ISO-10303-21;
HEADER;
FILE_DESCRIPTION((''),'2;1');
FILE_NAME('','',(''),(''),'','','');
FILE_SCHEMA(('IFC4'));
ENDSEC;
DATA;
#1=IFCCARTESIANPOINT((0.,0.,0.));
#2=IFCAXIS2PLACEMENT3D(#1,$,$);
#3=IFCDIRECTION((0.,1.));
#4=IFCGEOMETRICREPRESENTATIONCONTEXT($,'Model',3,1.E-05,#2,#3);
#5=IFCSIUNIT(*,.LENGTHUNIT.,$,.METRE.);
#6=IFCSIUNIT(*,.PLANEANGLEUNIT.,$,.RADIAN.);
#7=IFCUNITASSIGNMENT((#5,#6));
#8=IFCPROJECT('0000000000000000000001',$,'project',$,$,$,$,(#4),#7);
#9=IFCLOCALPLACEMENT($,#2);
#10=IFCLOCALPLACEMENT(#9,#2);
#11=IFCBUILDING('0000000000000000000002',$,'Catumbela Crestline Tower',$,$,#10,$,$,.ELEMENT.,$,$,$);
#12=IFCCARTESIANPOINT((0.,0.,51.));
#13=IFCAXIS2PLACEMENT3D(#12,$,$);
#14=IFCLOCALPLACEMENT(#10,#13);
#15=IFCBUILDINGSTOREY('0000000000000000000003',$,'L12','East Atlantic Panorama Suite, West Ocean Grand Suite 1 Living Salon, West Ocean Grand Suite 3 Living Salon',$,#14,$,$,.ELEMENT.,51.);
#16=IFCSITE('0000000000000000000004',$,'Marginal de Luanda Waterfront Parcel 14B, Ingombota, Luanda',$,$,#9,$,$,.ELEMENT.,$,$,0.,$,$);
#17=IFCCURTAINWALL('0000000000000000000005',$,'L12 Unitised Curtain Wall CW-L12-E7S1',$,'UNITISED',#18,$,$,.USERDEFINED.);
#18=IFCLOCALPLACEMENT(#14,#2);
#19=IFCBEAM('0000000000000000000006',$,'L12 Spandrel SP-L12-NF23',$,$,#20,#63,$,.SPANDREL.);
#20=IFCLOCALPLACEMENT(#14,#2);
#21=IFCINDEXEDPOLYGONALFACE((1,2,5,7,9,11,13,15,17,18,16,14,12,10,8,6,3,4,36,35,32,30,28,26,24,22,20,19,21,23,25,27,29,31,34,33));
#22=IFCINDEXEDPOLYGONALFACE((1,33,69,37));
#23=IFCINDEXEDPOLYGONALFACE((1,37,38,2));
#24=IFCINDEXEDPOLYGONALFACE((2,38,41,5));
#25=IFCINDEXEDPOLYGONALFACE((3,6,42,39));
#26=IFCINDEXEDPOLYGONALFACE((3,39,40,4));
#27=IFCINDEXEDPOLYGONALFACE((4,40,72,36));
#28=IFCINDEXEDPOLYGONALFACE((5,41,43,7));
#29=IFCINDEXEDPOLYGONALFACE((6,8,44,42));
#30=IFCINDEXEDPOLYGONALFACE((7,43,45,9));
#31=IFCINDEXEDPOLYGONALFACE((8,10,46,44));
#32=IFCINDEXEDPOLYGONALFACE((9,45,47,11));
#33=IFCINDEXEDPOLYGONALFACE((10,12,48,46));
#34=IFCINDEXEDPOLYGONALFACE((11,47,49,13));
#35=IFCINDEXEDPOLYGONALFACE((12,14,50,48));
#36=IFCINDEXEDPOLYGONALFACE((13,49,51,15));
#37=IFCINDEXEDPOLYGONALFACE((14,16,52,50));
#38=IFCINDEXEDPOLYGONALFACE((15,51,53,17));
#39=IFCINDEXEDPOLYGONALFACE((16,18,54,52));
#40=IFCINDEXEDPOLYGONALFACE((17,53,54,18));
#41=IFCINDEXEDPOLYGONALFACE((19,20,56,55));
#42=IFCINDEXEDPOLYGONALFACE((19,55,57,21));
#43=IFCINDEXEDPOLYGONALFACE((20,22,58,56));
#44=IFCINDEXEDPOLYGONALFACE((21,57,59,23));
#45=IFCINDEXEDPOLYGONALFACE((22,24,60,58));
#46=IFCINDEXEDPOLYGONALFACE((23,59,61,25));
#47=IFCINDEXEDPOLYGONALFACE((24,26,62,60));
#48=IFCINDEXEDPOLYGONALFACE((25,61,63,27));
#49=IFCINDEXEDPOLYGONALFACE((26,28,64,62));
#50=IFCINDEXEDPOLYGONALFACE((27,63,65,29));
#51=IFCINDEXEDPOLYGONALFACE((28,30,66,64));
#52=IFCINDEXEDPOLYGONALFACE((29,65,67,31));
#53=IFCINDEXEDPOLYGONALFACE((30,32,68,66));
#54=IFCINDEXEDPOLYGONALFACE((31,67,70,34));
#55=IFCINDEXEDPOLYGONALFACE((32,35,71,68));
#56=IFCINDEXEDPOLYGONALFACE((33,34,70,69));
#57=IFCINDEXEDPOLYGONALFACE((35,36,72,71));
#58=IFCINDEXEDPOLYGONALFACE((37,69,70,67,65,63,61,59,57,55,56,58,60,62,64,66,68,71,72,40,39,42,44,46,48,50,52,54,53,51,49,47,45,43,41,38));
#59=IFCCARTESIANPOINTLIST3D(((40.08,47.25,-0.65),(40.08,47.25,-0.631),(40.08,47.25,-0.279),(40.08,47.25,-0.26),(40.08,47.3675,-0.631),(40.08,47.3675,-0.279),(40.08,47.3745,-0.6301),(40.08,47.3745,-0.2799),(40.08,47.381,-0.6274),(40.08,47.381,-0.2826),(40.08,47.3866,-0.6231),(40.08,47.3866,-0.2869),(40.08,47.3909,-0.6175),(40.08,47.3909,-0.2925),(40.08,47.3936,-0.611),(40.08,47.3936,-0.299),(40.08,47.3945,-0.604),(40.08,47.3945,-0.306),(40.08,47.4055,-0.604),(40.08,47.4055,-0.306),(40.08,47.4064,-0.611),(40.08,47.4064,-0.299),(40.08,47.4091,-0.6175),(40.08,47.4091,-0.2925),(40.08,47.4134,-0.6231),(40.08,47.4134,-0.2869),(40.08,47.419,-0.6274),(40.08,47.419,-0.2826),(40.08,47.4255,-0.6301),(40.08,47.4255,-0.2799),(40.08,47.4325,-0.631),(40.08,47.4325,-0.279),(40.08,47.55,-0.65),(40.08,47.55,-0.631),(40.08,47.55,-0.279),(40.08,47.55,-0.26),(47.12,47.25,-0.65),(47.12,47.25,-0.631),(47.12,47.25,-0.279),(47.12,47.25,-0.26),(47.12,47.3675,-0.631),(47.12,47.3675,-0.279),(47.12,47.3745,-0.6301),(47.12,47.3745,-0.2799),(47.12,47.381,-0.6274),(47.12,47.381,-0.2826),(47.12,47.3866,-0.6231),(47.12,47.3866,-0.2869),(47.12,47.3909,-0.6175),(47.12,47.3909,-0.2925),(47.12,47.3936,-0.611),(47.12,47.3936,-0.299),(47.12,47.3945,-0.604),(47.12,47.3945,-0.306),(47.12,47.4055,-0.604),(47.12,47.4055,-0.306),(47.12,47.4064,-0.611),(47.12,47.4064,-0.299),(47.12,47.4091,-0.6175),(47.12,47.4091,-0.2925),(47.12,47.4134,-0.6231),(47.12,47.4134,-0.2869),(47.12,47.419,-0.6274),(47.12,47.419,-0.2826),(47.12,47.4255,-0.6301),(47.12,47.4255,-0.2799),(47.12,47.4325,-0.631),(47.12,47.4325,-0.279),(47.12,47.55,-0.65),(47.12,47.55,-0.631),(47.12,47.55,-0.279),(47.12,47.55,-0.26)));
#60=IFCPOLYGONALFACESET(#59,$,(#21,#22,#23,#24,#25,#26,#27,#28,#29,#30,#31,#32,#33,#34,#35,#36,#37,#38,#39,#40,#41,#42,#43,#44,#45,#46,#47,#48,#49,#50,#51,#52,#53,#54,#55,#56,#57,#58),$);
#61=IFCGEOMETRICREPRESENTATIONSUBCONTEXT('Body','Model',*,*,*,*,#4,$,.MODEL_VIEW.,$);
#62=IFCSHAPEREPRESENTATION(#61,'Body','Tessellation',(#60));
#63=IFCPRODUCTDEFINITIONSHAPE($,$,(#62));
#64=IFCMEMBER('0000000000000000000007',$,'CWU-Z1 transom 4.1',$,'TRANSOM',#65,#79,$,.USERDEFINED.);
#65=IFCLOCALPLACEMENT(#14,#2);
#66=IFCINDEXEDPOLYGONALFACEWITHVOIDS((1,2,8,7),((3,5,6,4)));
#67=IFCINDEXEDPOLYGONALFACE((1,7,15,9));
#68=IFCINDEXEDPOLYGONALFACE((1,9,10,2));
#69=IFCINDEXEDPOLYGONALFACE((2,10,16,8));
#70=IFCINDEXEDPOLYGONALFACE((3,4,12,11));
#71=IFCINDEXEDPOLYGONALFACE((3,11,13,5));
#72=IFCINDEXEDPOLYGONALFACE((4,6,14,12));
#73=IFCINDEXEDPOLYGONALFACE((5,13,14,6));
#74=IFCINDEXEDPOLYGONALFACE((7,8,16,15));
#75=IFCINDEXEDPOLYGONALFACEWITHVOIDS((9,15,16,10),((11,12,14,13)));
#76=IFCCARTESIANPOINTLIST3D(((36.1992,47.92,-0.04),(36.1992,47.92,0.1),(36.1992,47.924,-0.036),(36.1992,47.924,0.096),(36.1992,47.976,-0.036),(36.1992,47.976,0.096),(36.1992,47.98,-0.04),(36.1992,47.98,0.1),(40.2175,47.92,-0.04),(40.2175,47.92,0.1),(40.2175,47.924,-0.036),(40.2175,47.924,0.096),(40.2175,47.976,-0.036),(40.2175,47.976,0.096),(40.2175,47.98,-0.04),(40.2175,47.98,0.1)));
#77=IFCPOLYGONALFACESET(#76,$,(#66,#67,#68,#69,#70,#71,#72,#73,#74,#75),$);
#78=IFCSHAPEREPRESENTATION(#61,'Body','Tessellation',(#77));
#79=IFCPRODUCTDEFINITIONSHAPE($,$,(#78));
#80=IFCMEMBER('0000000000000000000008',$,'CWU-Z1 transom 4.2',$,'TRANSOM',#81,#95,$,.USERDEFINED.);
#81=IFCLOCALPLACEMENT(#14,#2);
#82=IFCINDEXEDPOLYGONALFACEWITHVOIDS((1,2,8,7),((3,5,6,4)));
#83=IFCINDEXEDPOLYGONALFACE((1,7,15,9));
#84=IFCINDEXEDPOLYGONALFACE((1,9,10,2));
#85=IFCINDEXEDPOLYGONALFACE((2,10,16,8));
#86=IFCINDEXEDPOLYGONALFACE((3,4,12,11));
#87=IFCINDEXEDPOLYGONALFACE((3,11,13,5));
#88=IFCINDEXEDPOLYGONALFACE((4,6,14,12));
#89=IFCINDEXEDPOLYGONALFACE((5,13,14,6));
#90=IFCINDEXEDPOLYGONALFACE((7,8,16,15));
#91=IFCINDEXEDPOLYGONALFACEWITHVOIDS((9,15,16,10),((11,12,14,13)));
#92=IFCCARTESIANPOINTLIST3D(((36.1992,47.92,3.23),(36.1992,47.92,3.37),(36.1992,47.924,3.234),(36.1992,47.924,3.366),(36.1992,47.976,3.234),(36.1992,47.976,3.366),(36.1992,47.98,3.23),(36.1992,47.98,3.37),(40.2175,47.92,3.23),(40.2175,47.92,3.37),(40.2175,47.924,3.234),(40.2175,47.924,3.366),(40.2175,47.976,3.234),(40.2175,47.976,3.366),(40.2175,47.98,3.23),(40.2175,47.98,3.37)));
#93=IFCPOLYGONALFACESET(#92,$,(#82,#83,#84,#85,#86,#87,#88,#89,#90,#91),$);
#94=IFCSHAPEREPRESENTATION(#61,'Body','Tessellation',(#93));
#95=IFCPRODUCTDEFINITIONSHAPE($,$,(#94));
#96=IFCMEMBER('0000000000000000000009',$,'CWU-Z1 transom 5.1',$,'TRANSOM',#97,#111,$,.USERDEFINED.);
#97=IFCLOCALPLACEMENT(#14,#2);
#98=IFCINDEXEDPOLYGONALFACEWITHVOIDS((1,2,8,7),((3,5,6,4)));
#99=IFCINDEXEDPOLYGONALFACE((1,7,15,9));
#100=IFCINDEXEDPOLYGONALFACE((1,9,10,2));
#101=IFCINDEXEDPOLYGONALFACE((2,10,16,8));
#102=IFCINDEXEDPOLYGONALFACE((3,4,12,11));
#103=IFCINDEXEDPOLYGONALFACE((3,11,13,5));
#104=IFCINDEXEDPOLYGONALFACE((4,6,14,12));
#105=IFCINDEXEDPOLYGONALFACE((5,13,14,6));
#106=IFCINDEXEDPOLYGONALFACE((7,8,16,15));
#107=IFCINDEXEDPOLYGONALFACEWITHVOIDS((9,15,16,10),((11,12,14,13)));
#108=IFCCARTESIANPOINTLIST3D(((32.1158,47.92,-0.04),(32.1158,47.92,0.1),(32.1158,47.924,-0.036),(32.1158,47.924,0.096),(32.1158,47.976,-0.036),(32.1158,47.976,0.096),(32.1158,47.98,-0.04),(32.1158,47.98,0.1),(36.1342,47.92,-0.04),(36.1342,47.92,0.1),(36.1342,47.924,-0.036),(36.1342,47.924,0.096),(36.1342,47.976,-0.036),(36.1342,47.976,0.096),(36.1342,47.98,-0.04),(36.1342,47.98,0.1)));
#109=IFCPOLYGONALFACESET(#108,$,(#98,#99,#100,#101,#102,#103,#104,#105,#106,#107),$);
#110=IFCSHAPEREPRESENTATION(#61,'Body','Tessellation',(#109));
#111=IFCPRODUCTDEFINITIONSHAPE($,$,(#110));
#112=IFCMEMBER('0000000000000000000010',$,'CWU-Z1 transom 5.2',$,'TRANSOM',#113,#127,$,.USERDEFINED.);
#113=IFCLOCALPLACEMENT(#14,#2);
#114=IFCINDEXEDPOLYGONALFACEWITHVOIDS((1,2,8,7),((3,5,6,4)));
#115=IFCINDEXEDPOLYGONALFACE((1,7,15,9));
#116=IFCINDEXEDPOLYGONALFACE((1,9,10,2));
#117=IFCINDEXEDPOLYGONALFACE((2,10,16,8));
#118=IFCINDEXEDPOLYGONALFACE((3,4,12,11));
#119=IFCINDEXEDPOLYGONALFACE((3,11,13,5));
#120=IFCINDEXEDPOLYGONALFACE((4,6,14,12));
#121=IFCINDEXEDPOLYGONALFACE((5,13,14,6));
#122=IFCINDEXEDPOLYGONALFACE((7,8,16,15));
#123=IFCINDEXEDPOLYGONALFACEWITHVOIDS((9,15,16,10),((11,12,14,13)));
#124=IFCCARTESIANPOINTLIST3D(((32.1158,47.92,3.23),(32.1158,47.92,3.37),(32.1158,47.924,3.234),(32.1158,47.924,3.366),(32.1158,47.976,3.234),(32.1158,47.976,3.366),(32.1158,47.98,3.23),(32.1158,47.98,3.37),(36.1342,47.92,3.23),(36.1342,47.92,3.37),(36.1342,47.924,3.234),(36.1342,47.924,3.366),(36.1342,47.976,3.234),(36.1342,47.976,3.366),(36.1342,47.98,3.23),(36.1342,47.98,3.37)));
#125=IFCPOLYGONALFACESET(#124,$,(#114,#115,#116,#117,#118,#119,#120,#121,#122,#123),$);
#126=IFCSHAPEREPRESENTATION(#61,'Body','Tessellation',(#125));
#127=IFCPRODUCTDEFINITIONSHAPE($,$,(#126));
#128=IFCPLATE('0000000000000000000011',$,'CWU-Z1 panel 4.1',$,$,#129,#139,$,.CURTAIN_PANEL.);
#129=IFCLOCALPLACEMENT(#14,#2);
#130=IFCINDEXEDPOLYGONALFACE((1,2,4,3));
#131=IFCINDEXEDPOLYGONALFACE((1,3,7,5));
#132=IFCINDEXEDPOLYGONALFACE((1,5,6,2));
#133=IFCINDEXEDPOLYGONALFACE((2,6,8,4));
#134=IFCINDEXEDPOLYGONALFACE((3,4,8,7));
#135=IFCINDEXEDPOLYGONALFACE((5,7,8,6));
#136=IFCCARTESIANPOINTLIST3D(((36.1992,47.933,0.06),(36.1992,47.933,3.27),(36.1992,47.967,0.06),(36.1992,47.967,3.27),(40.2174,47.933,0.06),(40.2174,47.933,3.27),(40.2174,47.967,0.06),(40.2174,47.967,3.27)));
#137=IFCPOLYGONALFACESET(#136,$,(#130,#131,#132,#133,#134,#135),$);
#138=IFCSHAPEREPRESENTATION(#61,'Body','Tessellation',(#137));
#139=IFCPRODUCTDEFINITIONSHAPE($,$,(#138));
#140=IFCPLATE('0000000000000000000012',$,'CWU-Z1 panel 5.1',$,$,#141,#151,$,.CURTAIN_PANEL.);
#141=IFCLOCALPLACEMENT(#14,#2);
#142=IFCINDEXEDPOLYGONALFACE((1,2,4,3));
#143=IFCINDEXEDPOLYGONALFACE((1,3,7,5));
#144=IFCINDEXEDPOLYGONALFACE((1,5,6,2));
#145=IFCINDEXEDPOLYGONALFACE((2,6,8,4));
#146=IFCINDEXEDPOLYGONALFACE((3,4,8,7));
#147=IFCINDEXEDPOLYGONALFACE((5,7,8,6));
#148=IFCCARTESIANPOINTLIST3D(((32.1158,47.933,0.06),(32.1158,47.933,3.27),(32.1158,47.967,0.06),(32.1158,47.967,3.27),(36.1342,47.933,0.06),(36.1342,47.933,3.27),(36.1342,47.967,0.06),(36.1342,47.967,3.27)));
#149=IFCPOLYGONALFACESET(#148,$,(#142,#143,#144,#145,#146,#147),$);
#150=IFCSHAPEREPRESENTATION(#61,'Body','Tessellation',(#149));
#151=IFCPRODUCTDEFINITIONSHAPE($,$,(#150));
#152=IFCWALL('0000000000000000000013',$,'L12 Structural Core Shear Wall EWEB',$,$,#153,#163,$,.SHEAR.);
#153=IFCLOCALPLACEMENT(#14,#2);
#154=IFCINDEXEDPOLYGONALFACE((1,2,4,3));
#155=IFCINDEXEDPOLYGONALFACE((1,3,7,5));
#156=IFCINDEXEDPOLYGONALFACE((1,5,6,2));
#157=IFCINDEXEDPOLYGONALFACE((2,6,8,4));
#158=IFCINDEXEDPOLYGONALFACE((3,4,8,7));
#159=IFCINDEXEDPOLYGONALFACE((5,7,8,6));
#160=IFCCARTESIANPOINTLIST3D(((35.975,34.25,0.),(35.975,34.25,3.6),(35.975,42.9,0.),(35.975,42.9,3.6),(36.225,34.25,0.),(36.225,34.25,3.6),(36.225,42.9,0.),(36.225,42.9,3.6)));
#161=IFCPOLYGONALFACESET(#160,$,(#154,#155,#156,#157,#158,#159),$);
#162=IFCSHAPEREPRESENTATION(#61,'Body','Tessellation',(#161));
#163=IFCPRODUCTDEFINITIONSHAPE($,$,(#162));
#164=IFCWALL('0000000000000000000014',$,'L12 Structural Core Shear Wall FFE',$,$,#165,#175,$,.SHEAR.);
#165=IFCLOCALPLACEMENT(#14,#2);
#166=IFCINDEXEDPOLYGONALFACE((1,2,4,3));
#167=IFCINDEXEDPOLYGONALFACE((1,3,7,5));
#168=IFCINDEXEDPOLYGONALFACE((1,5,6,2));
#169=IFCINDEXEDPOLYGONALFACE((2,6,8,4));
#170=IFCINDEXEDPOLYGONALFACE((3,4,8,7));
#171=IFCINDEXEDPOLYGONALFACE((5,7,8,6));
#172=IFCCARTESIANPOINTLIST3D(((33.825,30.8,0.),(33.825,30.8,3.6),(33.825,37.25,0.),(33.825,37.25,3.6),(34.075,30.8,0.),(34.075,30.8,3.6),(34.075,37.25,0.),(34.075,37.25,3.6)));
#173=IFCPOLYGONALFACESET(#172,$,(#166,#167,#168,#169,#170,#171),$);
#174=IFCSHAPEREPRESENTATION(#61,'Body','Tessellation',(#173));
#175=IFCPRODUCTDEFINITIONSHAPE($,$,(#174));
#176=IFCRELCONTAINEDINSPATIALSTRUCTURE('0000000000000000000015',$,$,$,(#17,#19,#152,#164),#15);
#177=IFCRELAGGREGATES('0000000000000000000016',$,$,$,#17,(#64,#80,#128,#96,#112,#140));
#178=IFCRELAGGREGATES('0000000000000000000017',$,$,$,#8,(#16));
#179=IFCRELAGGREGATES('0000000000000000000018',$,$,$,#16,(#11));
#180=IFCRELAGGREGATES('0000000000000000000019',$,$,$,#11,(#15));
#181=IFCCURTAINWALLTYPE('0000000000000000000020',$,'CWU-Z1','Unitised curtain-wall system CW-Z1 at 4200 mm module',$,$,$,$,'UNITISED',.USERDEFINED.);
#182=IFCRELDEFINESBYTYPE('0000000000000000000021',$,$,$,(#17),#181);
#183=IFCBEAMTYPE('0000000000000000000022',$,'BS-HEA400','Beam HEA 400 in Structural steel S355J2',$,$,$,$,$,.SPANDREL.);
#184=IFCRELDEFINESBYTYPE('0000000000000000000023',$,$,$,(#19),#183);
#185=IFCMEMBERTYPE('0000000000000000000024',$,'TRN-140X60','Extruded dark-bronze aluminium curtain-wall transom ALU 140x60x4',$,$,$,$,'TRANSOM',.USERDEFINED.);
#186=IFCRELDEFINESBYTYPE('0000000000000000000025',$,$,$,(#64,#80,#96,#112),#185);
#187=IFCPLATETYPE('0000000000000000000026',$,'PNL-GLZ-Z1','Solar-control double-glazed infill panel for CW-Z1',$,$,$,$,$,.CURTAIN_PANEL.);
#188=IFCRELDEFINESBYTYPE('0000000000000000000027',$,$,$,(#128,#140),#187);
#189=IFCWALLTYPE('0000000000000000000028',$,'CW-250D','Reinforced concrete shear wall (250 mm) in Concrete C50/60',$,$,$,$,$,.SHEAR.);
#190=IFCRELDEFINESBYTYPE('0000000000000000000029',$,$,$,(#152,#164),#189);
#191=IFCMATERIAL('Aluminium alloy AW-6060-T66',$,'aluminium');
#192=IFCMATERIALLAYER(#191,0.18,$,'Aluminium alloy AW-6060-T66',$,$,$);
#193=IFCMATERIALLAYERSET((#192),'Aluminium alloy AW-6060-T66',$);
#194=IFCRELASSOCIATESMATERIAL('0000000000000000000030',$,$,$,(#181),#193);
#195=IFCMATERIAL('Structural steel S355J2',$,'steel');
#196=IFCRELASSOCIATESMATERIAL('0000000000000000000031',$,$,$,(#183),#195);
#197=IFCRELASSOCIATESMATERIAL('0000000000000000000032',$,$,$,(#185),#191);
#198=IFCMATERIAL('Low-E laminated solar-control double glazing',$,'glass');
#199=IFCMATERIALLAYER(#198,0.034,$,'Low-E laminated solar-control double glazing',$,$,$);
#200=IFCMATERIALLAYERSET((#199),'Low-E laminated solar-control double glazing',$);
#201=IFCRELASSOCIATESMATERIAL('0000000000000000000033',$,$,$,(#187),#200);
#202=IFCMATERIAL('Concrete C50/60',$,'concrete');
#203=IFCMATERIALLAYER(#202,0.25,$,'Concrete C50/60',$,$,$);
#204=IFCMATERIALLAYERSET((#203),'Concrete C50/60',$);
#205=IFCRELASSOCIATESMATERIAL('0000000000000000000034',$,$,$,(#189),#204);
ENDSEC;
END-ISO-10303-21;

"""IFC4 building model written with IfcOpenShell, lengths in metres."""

from ifc_helpers import new_model, si_unit, direction, frame, frame_2d, origin, origin_2d, place, context, subcontext, project, spatial, rectangle, hollow_rectangle, i_section, extrude, material, layer, layer_set, material_profile, profile_set, type_object, element, aggregate, save


model = new_model("IFC4")

# Units and contexts
model_context = context("Model", 3, precision=1e-05, world=origin(), true_north=direction((0.0, 1.0)))
body_context = subcontext(model_context, "Body", "Model", "MODEL_VIEW")
ifc_project = project(units=[si_unit("LENGTHUNIT", "METRE"), si_unit("PLANEANGLEUNIT", "RADIAN")], contexts=[model_context])

# Site, building, storey
site_placement = place(None, origin())
site = spatial("IfcSite", under=ifc_project, at=site_placement, Name="Marginal de Luanda Waterfront Parcel 14B, Ingombota, Luanda", CompositionType="ELEMENT", RefElevation=0.0)
building_placement = place(site_placement, origin())
building = spatial("IfcBuilding", under=site, at=building_placement, Name="Catumbela Crestline Tower", CompositionType="ELEMENT")
storey_placement = place(building_placement, frame((0.0, 0.0, 51.0)))
storey = spatial("IfcBuildingStorey", under=building, at=storey_placement, Name="L12", Description="East Atlantic Panorama Suite, West Ocean Grand Suite 1 Living Salon, West Ocean Grand Suite 3 Living Salon", CompositionType="ELEMENT", Elevation=51.0)

# Shared definitions
ifc_material_1 = material(Name="Structural steel S355J2", Category="steel")

# Curtain wall
ifc_material_2 = material(Name="Aluminium alloy AW-6060-T66", Category="aluminium")
ifc_layer_1 = layer(ifc_material_2, 0.18, Name="Aluminium alloy AW-6060-T66")
ifc_layer_set_1 = layer_set([ifc_layer_1], Name="Aluminium alloy AW-6060-T66")
curtain_wall_type = type_object("IfcCurtainWallType", Name="CWU-Z1", Description="Unitised curtain-wall system CW-Z1 at 4200 mm module", ElementType="UNITISED", PredefinedType="USERDEFINED", material=ifc_layer_set_1)
curtain_wall_placement = place(storey_placement, origin())
curtain_wall = element("IfcCurtainWall", 1, at=curtain_wall_placement, inside=storey, type_object=curtain_wall_type, Name="L12 Unitised Curtain Wall CW-L12-E7S1", ObjectType="UNITISED", PredefinedType="USERDEFINED")

# Beam
ifc_material_profile_1 = material_profile(ifc_material_1, i_section(OverallWidth=0.3, OverallDepth=0.39, WebThickness=0.011, FlangeThickness=0.019, FilletRadius=0.027, at=origin_2d()), Name="HEA 400")
ifc_profile_set_1 = profile_set([ifc_material_profile_1], Name="Structural steel S355J2")
beam_type_1 = type_object("IfcBeamType", Name="BS-HEA400", Description="Beam HEA 400 in Structural steel S355J2", PredefinedType="SPANDREL", material=ifc_profile_set_1)
beam_1_placement = place(storey_placement, frame((40.08, 47.4, -0.455), z_axis=(1.0, 0.0, 0.0), x_axis=(0.0, 1.0, 0.0)))
element("IfcBeam", 2, at=beam_1_placement, inside=storey, type_object=beam_type_1, Name="L12 Spandrel SP-L12-NF23", PredefinedType="SPANDREL", context=body_context, shape_type="SweptSolid", body=[
    extrude(i_section(OverallWidth=0.3, OverallDepth=0.39, WebThickness=0.011, FlangeThickness=0.019, FilletRadius=0.027, at=origin_2d()), origin(), (0.0, 0.0, 1.0), 7.04),
])

# Members
ifc_material_profile_2 = material_profile(ifc_material_2, hollow_rectangle(XDim=0.06, YDim=0.14, WallThickness=0.004, at=origin_2d()), Name="ALU 140x60x4")
ifc_profile_set_2 = profile_set([ifc_material_profile_2], Name="Aluminium alloy AW-6060-T66")
member_type_1 = type_object("IfcMemberType", Name="TRN-140X60", Description="Extruded dark-bronze aluminium curtain-wall transom ALU 140x60x4", ElementType="TRANSOM", PredefinedType="USERDEFINED", material=ifc_profile_set_2)
member_1_placement = place(storey_placement, frame((40.2175, 47.95, 0.03), z_axis=(-1.0, 0.0, 0.0), x_axis=(0.0, -1.0, 0.0)))
member_1 = element("IfcMember", 3, at=member_1_placement, type_object=member_type_1, Name="CWU-Z1 transom 4.1", ObjectType="TRANSOM", PredefinedType="USERDEFINED", context=body_context, shape_type="SweptSolid", body=[
    extrude(hollow_rectangle(XDim=0.06, YDim=0.14, WallThickness=0.004, at=origin_2d()), origin(), (0.0, 0.0, 1.0), 4.0183),
])
member_2_placement = place(storey_placement, frame((40.2175, 47.95, 3.3), z_axis=(-1.0, 0.0, 0.0), x_axis=(0.0, -1.0, 0.0)))
member_2 = element("IfcMember", 4, at=member_2_placement, type_object=member_type_1, Name="CWU-Z1 transom 4.2", ObjectType="TRANSOM", PredefinedType="USERDEFINED", context=body_context, shape_type="SweptSolid", body=[
    extrude(hollow_rectangle(XDim=0.06, YDim=0.14, WallThickness=0.004, at=origin_2d()), origin(), (0.0, 0.0, 1.0), 4.0183),
])
member_3_placement = place(storey_placement, frame((36.1342, 47.95, 0.03), z_axis=(-1.0, 0.0, 0.0), x_axis=(0.0, -1.0, 0.0)))
member_3 = element("IfcMember", 5, at=member_3_placement, type_object=member_type_1, Name="CWU-Z1 transom 5.1", ObjectType="TRANSOM", PredefinedType="USERDEFINED", context=body_context, shape_type="SweptSolid", body=[
    extrude(hollow_rectangle(XDim=0.06, YDim=0.14, WallThickness=0.004, at=origin_2d()), origin(), (0.0, 0.0, 1.0), 4.0184),
])
member_4_placement = place(storey_placement, frame((36.1342, 47.95, 3.3), z_axis=(-1.0, 0.0, 0.0), x_axis=(0.0, -1.0, 0.0)))
member_4 = element("IfcMember", 6, at=member_4_placement, type_object=member_type_1, Name="CWU-Z1 transom 5.2", ObjectType="TRANSOM", PredefinedType="USERDEFINED", context=body_context, shape_type="SweptSolid", body=[
    extrude(hollow_rectangle(XDim=0.06, YDim=0.14, WallThickness=0.004, at=origin_2d()), origin(), (0.0, 0.0, 1.0), 4.0184),
])

# Plates
ifc_material_3 = material(Name="Low-E laminated solar-control double glazing", Category="glass")
ifc_layer_2 = layer(ifc_material_3, 0.034, Name="Low-E laminated solar-control double glazing")
ifc_layer_set_2 = layer_set([ifc_layer_2], Name="Low-E laminated solar-control double glazing")
plate_type = type_object("IfcPlateType", Name="PNL-GLZ-Z1", Description="Solar-control double-glazed infill panel for CW-Z1", PredefinedType="CURTAIN_PANEL", material=ifc_layer_set_2)
plate_1_placement = place(storey_placement, frame((38.2083, 47.95, 0.06), z_axis=(0.0, 0.0, 1.0), x_axis=(-1.0, 0.0, 0.0)))
plate_1 = element("IfcPlate", 7, at=plate_1_placement, type_object=plate_type, Name="CWU-Z1 panel 4.1", PredefinedType="CURTAIN_PANEL", context=body_context, shape_type="SweptSolid", body=[
    extrude(rectangle(XDim=4.0183, YDim=0.034, at=origin_2d()), origin(), (0.0, 0.0, 1.0), 3.21),
])
plate_2_placement = place(storey_placement, frame((34.125, 47.95, 0.06), z_axis=(0.0, 0.0, 1.0), x_axis=(-1.0, 0.0, 0.0)))
plate_2 = element("IfcPlate", 8, at=plate_2_placement, type_object=plate_type, Name="CWU-Z1 panel 5.1", PredefinedType="CURTAIN_PANEL", context=body_context, shape_type="SweptSolid", body=[
    extrude(rectangle(XDim=4.0183, YDim=0.034, at=origin_2d()), origin(), (0.0, 0.0, 1.0), 3.21),
])
aggregate(curtain_wall, [member_1, member_2, plate_1, member_3, member_4, plate_2])

# Walls
ifc_material_4 = material(Name="Concrete C50/60", Category="concrete")
ifc_layer_3 = layer(ifc_material_4, 0.25, Name="Concrete C50/60")
ifc_layer_set_3 = layer_set([ifc_layer_3], Name="Concrete C50/60")
wall_type_1 = type_object("IfcWallType", Name="CW-250D", Description="Reinforced concrete shear wall (250 mm) in Concrete C50/60", PredefinedType="SHEAR", material=ifc_layer_set_3)
wall_1_placement = place(storey_placement, frame((36.1, 34.25, 0.0), z_axis=(0.0, 0.0, 1.0), x_axis=(0.0, 1.0, 0.0)))
element("IfcWall", 9, at=wall_1_placement, inside=storey, type_object=wall_type_1, Name="L12 Structural Core Shear Wall EWEB", PredefinedType="SHEAR", context=body_context, shape_type="SweptSolid", body=[
    extrude(rectangle(XDim=8.65, YDim=0.25, at=frame_2d((4.325, 0.0))), origin(), (0.0, 0.0, 1.0), 3.6),
])
wall_2_placement = place(storey_placement, frame((33.95, 30.8, 0.0), z_axis=(0.0, 0.0, 1.0), x_axis=(0.0, 1.0, 0.0)))
element("IfcWall", 10, at=wall_2_placement, inside=storey, type_object=wall_type_1, Name="L12 Structural Core Shear Wall FFE", PredefinedType="SHEAR", context=body_context, shape_type="SweptSolid", body=[
    extrude(rectangle(XDim=6.45, YDim=0.25, at=frame_2d((3.225, 0.0))), origin(), (0.0, 0.0, 1.0), 3.6),
])

save(model, "model.ifc")
